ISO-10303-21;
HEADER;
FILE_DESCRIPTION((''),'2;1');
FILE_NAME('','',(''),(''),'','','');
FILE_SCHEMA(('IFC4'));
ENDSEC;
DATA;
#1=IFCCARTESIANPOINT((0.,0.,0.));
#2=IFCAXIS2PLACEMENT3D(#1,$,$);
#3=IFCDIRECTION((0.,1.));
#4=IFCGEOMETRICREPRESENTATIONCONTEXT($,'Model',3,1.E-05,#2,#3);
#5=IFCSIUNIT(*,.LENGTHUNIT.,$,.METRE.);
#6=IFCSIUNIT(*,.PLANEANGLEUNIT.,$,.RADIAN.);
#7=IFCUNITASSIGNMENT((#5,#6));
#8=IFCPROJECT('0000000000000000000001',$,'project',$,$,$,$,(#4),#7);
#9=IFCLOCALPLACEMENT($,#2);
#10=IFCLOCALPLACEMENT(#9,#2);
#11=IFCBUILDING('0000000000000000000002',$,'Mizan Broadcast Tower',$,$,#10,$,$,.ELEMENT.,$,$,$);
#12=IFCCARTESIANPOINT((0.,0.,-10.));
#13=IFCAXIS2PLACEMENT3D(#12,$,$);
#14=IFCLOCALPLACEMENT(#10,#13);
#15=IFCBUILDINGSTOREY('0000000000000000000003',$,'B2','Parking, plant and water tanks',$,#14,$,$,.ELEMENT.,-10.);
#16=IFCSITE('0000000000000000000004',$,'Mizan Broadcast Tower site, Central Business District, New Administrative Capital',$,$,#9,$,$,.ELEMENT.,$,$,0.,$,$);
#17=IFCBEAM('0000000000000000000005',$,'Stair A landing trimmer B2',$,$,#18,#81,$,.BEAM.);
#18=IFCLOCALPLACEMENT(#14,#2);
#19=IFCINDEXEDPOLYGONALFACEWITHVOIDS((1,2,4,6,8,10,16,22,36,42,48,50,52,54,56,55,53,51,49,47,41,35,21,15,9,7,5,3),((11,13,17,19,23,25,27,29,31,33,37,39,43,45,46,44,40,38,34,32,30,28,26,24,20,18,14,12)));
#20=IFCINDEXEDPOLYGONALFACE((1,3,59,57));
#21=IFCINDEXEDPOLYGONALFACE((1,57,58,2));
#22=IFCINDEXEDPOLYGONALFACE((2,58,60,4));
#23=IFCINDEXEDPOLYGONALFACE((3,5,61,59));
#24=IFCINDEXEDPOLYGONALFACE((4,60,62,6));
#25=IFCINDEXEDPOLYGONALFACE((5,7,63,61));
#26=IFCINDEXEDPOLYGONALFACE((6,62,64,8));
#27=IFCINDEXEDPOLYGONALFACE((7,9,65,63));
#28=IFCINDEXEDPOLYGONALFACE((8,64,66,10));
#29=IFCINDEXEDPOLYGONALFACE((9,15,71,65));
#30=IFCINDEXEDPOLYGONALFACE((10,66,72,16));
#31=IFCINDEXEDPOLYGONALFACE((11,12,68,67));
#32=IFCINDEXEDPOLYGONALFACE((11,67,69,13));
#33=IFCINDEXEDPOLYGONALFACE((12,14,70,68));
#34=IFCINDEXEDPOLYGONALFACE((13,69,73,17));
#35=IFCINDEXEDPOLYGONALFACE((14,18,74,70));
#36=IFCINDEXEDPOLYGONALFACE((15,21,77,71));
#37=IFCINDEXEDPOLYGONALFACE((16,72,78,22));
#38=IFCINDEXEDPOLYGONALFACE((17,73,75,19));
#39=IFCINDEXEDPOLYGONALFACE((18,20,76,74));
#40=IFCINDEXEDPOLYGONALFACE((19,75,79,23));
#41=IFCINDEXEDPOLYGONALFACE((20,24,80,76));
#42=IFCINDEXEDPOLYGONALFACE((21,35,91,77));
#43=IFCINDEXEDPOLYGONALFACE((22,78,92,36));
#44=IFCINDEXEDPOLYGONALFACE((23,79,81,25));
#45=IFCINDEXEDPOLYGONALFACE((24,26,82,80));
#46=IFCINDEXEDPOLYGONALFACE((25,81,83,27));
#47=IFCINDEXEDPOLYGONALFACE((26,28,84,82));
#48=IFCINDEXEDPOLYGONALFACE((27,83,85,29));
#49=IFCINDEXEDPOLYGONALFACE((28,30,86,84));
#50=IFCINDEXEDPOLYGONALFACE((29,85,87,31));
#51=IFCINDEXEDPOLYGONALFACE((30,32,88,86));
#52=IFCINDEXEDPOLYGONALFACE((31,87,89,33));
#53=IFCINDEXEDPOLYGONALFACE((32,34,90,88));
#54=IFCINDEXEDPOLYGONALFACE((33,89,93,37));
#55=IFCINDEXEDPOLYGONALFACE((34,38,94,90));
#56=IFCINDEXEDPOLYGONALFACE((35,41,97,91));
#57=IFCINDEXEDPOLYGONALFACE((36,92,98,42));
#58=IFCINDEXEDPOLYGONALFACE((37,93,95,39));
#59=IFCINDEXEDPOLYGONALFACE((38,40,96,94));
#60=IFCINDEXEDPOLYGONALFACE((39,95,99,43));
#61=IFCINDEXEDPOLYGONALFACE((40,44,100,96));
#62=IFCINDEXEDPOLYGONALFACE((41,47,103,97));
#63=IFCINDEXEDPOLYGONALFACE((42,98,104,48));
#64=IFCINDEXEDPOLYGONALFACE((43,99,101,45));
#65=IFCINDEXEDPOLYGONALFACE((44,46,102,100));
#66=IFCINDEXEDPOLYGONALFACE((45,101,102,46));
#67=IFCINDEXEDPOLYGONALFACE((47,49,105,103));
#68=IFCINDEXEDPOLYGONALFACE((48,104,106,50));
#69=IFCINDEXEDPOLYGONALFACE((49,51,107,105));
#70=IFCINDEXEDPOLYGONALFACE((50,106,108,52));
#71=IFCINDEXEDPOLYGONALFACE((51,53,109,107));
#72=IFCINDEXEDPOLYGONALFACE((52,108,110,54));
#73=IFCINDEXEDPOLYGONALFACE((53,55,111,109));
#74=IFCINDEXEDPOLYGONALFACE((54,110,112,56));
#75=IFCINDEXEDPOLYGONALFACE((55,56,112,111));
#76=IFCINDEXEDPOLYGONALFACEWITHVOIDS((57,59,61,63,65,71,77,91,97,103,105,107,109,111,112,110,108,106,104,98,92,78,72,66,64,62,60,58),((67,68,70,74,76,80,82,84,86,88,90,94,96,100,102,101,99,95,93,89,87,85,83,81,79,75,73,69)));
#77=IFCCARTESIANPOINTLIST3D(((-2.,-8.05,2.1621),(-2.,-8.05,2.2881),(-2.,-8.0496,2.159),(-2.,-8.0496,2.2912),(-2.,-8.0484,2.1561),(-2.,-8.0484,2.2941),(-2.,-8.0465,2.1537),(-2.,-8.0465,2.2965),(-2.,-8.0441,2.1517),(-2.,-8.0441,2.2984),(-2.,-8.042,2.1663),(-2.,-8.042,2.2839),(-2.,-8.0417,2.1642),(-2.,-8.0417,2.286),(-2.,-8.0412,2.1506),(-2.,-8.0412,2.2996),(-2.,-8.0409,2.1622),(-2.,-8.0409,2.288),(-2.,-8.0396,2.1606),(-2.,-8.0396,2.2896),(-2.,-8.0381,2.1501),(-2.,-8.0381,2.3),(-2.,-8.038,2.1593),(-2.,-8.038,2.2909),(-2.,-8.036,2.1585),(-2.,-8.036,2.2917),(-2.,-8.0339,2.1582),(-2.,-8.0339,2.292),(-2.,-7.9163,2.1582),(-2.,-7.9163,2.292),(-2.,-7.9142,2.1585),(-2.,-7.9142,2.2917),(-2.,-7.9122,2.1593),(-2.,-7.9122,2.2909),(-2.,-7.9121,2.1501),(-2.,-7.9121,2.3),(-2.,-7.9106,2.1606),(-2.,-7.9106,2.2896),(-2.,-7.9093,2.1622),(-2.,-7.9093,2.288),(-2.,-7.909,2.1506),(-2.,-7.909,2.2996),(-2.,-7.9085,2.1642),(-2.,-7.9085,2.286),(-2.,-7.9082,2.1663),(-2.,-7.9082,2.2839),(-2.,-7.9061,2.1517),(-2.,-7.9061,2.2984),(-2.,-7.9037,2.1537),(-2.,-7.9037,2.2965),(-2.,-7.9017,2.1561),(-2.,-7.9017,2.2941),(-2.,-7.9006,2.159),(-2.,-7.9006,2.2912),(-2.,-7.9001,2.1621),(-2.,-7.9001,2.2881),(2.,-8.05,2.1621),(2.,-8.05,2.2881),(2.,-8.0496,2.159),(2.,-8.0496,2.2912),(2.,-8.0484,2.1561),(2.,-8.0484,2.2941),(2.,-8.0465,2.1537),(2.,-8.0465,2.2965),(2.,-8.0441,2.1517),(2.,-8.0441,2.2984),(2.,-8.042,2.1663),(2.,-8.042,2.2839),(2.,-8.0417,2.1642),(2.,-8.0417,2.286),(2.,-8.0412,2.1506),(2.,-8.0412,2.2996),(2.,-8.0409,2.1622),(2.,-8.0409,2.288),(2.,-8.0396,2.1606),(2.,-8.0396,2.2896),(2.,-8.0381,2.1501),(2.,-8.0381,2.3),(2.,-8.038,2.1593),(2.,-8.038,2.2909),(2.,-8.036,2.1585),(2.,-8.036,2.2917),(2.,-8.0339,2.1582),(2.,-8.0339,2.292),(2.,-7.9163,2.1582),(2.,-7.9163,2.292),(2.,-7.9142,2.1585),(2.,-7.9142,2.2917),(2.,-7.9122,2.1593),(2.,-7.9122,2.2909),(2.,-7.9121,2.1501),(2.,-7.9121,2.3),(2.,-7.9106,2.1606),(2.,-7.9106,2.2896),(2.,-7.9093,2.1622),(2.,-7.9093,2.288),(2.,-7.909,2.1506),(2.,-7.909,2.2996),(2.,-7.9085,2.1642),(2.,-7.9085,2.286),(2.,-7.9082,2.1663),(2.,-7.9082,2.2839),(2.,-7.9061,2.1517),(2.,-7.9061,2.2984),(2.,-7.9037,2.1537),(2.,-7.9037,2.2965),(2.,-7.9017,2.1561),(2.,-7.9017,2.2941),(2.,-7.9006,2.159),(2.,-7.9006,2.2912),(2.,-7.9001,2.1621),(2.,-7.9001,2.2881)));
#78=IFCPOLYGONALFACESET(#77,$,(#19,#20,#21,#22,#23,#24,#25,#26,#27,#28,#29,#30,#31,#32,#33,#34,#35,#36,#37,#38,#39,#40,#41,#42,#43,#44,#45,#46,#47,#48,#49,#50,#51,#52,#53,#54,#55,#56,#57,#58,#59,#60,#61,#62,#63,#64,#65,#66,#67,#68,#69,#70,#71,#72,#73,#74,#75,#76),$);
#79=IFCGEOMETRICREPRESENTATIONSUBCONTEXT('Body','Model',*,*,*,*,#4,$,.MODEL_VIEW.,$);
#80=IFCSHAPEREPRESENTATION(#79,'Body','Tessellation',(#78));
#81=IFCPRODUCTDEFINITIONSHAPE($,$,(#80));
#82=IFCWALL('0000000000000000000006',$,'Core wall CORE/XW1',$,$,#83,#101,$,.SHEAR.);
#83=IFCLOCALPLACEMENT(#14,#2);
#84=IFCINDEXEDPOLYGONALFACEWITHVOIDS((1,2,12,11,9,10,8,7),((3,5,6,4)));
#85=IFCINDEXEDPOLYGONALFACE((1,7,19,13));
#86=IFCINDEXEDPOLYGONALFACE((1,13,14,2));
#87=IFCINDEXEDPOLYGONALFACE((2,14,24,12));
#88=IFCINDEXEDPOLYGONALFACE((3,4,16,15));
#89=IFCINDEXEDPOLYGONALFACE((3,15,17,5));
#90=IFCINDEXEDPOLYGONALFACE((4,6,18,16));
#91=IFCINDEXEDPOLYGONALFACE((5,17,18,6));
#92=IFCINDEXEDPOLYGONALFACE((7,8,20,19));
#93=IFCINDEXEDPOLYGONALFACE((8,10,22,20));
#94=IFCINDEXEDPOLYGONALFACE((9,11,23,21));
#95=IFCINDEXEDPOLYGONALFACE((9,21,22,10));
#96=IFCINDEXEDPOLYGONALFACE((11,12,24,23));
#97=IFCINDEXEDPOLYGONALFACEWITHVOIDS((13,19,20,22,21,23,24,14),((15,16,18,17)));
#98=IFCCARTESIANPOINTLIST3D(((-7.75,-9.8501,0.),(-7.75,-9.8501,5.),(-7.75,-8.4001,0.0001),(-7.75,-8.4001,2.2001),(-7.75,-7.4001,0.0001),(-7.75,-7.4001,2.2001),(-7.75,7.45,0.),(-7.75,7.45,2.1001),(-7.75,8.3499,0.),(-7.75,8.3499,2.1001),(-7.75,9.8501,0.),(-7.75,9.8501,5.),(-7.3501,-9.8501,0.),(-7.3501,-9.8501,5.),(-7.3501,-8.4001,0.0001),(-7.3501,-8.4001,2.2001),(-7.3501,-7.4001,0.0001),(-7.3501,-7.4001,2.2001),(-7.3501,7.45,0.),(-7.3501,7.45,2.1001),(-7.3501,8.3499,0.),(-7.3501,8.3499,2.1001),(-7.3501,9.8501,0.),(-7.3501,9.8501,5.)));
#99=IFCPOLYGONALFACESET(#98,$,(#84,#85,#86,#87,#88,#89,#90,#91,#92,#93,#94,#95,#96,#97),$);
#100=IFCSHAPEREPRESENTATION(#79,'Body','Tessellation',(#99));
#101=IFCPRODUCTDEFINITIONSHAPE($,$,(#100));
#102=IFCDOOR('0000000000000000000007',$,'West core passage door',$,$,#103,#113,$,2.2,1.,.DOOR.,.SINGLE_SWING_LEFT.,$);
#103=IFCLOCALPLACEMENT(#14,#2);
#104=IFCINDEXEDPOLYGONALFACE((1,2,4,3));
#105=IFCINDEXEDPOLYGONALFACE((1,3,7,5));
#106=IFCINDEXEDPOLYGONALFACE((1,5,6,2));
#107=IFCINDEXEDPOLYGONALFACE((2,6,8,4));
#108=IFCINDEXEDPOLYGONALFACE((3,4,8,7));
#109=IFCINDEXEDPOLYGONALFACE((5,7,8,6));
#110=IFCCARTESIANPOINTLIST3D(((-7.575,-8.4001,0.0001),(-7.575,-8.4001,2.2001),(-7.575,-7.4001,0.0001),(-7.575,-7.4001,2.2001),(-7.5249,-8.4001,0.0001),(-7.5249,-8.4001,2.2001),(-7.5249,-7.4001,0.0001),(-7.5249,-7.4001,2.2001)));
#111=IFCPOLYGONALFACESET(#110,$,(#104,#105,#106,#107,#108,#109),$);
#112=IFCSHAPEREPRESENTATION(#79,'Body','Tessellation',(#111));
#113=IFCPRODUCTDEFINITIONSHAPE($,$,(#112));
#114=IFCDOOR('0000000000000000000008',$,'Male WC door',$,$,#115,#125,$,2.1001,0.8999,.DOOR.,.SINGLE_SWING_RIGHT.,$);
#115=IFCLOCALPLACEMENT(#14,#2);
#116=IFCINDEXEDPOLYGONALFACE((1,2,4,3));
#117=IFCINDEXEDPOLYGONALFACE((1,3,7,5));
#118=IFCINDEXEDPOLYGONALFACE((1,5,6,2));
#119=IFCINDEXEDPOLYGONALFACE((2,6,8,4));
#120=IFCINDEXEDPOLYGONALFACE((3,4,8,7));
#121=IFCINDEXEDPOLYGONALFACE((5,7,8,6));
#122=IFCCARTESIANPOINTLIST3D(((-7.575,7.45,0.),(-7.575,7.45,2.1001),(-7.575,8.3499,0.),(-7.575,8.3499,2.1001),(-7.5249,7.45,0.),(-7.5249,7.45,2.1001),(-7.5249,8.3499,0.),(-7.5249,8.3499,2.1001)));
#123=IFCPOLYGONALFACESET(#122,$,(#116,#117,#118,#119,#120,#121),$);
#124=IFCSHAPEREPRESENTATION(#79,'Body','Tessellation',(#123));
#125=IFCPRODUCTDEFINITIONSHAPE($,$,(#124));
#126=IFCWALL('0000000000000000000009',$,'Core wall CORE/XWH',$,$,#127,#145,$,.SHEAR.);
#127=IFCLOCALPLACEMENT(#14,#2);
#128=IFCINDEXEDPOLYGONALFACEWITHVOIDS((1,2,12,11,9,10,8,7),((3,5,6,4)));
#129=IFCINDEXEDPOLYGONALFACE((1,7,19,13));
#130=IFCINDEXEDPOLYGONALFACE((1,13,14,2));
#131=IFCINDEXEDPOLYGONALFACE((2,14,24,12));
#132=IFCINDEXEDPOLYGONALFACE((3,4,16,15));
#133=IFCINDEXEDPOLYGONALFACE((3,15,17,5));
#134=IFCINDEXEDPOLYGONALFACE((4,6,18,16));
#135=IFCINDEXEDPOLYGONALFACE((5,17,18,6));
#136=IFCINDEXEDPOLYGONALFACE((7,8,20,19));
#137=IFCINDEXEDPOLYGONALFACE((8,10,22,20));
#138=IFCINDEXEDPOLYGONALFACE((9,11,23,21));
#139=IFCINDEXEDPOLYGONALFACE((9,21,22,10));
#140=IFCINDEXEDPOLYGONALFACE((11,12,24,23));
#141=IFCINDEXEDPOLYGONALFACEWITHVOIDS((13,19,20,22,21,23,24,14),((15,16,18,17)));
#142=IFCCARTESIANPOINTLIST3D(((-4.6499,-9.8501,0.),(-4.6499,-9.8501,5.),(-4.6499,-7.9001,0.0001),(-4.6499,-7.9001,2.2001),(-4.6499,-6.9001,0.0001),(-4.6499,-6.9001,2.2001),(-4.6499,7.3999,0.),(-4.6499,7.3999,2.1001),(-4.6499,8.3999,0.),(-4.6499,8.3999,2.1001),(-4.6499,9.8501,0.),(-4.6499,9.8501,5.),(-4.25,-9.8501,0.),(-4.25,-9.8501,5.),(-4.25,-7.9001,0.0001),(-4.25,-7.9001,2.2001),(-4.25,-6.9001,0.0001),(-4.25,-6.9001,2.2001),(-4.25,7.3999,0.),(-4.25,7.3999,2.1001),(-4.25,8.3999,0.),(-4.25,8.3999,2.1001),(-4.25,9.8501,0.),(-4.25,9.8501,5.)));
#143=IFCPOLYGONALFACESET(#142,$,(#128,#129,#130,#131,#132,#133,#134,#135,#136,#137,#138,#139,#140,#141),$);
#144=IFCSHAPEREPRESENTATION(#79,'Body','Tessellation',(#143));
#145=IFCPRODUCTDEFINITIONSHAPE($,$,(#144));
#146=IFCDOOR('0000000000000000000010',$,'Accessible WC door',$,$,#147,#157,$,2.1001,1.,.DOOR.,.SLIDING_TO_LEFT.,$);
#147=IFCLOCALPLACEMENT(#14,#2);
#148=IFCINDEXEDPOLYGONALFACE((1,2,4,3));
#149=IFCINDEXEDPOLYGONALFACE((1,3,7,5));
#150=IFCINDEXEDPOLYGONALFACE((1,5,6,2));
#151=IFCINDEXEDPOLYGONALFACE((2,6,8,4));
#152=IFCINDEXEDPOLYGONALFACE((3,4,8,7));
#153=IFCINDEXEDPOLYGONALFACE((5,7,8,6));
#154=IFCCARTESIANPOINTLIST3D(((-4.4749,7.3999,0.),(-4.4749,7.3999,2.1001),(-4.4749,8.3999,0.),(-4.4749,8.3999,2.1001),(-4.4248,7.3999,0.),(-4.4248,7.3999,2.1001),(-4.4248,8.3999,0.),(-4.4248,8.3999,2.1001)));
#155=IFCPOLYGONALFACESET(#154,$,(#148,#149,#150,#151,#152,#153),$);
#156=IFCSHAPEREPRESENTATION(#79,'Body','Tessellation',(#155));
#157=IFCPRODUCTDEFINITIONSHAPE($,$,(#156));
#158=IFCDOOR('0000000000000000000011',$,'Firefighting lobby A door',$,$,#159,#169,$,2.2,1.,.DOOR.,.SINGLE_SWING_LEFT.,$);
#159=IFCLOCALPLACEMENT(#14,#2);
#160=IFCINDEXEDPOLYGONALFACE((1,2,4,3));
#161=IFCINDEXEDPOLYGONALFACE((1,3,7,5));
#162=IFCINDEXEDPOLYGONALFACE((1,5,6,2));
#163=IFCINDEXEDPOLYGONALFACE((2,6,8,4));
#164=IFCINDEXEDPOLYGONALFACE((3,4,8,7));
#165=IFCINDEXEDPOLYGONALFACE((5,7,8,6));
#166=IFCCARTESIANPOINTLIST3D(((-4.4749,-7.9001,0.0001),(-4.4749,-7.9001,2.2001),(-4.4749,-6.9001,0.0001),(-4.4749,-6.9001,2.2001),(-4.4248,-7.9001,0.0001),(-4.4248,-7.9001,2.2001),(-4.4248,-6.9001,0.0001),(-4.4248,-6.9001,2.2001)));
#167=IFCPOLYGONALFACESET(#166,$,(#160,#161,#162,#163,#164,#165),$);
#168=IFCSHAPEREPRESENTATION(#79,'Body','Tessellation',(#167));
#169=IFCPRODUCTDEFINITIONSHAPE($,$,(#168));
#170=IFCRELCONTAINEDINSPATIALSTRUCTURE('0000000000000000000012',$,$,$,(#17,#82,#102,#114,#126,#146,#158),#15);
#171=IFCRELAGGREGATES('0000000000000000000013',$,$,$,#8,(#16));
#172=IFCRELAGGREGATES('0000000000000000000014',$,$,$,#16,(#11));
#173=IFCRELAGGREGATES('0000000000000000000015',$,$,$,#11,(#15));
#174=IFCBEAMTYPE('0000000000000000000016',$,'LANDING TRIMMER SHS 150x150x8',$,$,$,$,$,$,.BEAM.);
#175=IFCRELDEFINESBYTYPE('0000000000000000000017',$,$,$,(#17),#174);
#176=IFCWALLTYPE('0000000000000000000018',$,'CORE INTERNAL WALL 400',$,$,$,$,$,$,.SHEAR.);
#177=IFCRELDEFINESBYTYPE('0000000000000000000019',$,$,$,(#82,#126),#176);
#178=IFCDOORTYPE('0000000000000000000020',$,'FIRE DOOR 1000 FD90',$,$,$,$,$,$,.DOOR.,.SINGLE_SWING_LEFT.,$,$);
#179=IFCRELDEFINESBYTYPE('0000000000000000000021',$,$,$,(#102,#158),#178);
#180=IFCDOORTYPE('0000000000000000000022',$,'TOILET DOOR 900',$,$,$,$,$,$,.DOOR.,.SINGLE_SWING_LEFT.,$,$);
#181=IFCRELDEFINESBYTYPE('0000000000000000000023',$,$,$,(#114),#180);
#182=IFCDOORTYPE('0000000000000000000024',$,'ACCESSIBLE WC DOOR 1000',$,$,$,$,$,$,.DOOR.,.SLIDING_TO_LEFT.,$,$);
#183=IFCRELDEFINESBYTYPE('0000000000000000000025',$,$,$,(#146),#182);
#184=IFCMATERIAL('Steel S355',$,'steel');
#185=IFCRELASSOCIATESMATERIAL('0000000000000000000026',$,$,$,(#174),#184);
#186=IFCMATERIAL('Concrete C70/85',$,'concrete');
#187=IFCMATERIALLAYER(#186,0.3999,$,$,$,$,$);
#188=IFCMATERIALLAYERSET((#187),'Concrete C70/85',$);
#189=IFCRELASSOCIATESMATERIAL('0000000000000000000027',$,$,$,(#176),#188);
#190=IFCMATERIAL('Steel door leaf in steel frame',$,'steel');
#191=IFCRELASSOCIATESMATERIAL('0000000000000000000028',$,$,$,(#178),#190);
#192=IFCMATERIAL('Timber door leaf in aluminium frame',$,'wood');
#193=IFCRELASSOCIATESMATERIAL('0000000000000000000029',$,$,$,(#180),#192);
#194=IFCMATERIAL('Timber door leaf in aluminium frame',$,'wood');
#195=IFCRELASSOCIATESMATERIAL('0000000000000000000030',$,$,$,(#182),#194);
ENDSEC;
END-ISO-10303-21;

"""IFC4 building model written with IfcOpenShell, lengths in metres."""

from ifc_helpers import new_model, si_unit, direction, frame, frame_2d, origin, origin_2d, place, context, subcontext, project, spatial, rectangle, hollow_rectangle, extrude, material, layer, layer_set, material_profile, profile_set, type_object, element, fill, save


model = new_model("IFC4")

# Units and contexts
model_context = context("Model", 3, precision=1e-05, world=origin(), true_north=direction((0.0, 1.0)))
body_context = subcontext(model_context, "Body", "Model", "MODEL_VIEW")
ifc_project = project(units=[si_unit("LENGTHUNIT", "METRE"), si_unit("PLANEANGLEUNIT", "RADIAN")], contexts=[model_context])

# Site, building, storey
site_placement = place(None, origin())
site = spatial("IfcSite", under=ifc_project, at=site_placement, Name="Mizan Broadcast Tower site, Central Business District, New Administrative Capital", CompositionType="ELEMENT", RefElevation=0.0)
building_placement = place(site_placement, origin())
building = spatial("IfcBuilding", under=site, at=building_placement, Name="Mizan Broadcast Tower", CompositionType="ELEMENT")
storey_placement = place(building_placement, frame((0.0, 0.0, -10.0)))
storey = spatial("IfcBuildingStorey", under=building, at=storey_placement, Name="B2", Description="Parking, plant and water tanks", CompositionType="ELEMENT", Elevation=-10.0)

# Beam
ifc_material_1 = material(Name="Steel S355", Category="steel")
ifc_material_profile_1 = material_profile(ifc_material_1, hollow_rectangle(XDim=0.1499, YDim=0.1499, WallThickness=0.0081, InnerFilletRadius=0.0081, OuterFilletRadius=0.012, at=origin_2d()), Name="SHS 150x150x8")
ifc_profile_set_1 = profile_set([ifc_material_profile_1], Name="Steel S355")
beam_type = type_object("IfcBeamType", Name="LANDING TRIMMER SHS 150x150x8", PredefinedType="BEAM", material=ifc_profile_set_1)
for number, where, z_axis, x_axis, name in (
    (1, (-2.0, -7.9751, 2.2251), (1.0, 0.0, 0.0), (0.0, 1.0, 0.0), "Stair A landing trimmer B2"),
):
    element("IfcBeam", number, at=place(storey_placement, frame(where, z_axis=z_axis, x_axis=x_axis)), inside=storey, type_object=beam_type, Name=name, PredefinedType="BEAM", context=body_context, shape_type="SweptSolid", body=[
        extrude(hollow_rectangle(XDim=0.1499, YDim=0.1499, WallThickness=0.0081, InnerFilletRadius=0.0081, OuterFilletRadius=0.012, at=origin_2d()), origin(), (0.0, 0.0, 1.0), 4.0),
    ])

# Walls, openings, doors
ifc_material_2 = material(Name="Concrete C70/85", Category="concrete")
ifc_layer_1 = layer(ifc_material_2, 0.3999)
ifc_layer_set_1 = layer_set([ifc_layer_1], Name="Concrete C70/85")
wall_type_1 = type_object("IfcWallType", Name="CORE INTERNAL WALL 400", PredefinedType="SHEAR", material=ifc_layer_set_1)
wall_1_placement = place(storey_placement, frame((-7.55, -9.8501, 0.0), z_axis=(0.0, 0.0, 1.0), x_axis=(0.0, 1.0, 0.0)))
wall_1 = element("IfcWall", 2, at=wall_1_placement, inside=storey, type_object=wall_type_1, Name="Core wall CORE/XW1", PredefinedType="SHEAR", context=body_context, shape_type="SweptSolid", body=[
    extrude(rectangle(XDim=19.7002, YDim=0.3999, at=frame_2d((9.8501, 0.0))), origin(), (0.0, 0.0, 1.0), 5.0),
])
opening_1_placement = place(wall_1_placement, frame((1.45, 0.0, 0.0)))
opening_1 = element("IfcOpeningElement", 3, at=opening_1_placement, cuts=wall_1, PredefinedType="OPENING", context=body_context, shape_type="SweptSolid", body=[
    extrude(rectangle(XDim=1.0, YDim=2.2, at=frame_2d((0.5, 1.1001))), frame((0.0, 0.21, 0.0), z_axis=(0.0, -1.0, 0.0), x_axis=(1.0, 0.0, 0.0)), (0.0, 0.0, 1.0), 0.4199),
])
opening_2_placement = place(wall_1_placement, frame((17.3, 0.0, 0.0)))
opening_2 = element("IfcOpeningElement", 4, at=opening_2_placement, cuts=wall_1, PredefinedType="OPENING", context=body_context, shape_type="SweptSolid", body=[
    extrude(rectangle(XDim=0.8999, YDim=2.1001, at=frame_2d((0.45, 1.05))), frame((0.0, 0.21, 0.0), z_axis=(0.0, -1.0, 0.0), x_axis=(1.0, 0.0, 0.0)), (0.0, 0.0, 1.0), 0.4199),
])
ifc_material_3 = material(Name="Steel door leaf in steel frame", Category="steel")
door_type_1 = type_object("IfcDoorType", Name="FIRE DOOR 1000 FD90", OperationType="SINGLE_SWING_LEFT", PredefinedType="DOOR", material=ifc_material_3)
door_1_placement = place(opening_1_placement, origin())
door_1 = element("IfcDoor", 5, at=door_1_placement, inside=storey, type_object=door_type_1, Name="West core passage door", OperationType="SINGLE_SWING_LEFT", OverallHeight=2.2, OverallWidth=1.0, PredefinedType="DOOR", context=body_context, shape_type="SweptSolid", body=[
    extrude(rectangle(XDim=1.0, YDim=2.2, at=frame_2d((0.5, 1.1001))), frame((0.0, 0.0249, 0.0), z_axis=(0.0, -1.0, 0.0), x_axis=(1.0, 0.0, 0.0)), (0.0, 0.0, 1.0), 0.05),
])
fill(opening_1, door_1)
ifc_material_4 = material(Name="Timber door leaf in aluminium frame", Category="wood")
door_type_2 = type_object("IfcDoorType", Name="TOILET DOOR 900", OperationType="SINGLE_SWING_LEFT", PredefinedType="DOOR", material=ifc_material_4)
door_2_placement = place(opening_2_placement, origin())
door_2 = element("IfcDoor", 6, at=door_2_placement, inside=storey, type_object=door_type_2, Name="Male WC door", OperationType="SINGLE_SWING_RIGHT", OverallHeight=2.1001, OverallWidth=0.8999, PredefinedType="DOOR", context=body_context, shape_type="SweptSolid", body=[
    extrude(rectangle(XDim=0.8999, YDim=2.1001, at=frame_2d((0.45, 1.05))), frame((0.0, 0.0249, 0.0), z_axis=(0.0, -1.0, 0.0), x_axis=(1.0, 0.0, 0.0)), (0.0, 0.0, 1.0), 0.05),
])
fill(opening_2, door_2)
wall_2_placement = place(storey_placement, frame((-4.45, -9.8501, 0.0), z_axis=(0.0, 0.0, 1.0), x_axis=(0.0, 1.0, 0.0)))
wall_2 = element("IfcWall", 7, at=wall_2_placement, inside=storey, type_object=wall_type_1, Name="Core wall CORE/XWH", PredefinedType="SHEAR", context=body_context, shape_type="SweptSolid", body=[
    extrude(rectangle(XDim=19.7002, YDim=0.3999, at=frame_2d((9.8501, 0.0))), origin(), (0.0, 0.0, 1.0), 5.0),
])
opening_3_placement = place(wall_2_placement, frame((1.95, 0.0, 0.0)))
opening_3 = element("IfcOpeningElement", 8, at=opening_3_placement, cuts=wall_2, PredefinedType="OPENING", context=body_context, shape_type="SweptSolid", body=[
    extrude(rectangle(XDim=1.0, YDim=2.2, at=frame_2d((0.5, 1.1001))), frame((0.0, 0.21, 0.0), z_axis=(0.0, -1.0, 0.0), x_axis=(1.0, 0.0, 0.0)), (0.0, 0.0, 1.0), 0.4199),
])
opening_4_placement = place(wall_2_placement, frame((17.25, 0.0, 0.0)))
opening_4 = element("IfcOpeningElement", 9, at=opening_4_placement, cuts=wall_2, PredefinedType="OPENING", context=body_context, shape_type="SweptSolid", body=[
    extrude(rectangle(XDim=1.0, YDim=2.1001, at=frame_2d((0.5, 1.05))), frame((0.0, 0.21, 0.0), z_axis=(0.0, -1.0, 0.0), x_axis=(1.0, 0.0, 0.0)), (0.0, 0.0, 1.0), 0.4199),
])
ifc_material_5 = material(Name="Timber door leaf in aluminium frame", Category="wood")
door_type_3 = type_object("IfcDoorType", Name="ACCESSIBLE WC DOOR 1000", OperationType="SLIDING_TO_LEFT", PredefinedType="DOOR", material=ifc_material_5)
door_3_placement = place(opening_4_placement, origin())
door_3 = element("IfcDoor", 10, at=door_3_placement, inside=storey, type_object=door_type_3, Name="Accessible WC door", OperationType="SLIDING_TO_LEFT", OverallHeight=2.1001, OverallWidth=1.0, PredefinedType="DOOR", context=body_context, shape_type="SweptSolid", body=[
    extrude(rectangle(XDim=1.0, YDim=2.1001, at=frame_2d((0.5, 1.05))), frame((0.0, 0.0249, 0.0), z_axis=(0.0, -1.0, 0.0), x_axis=(1.0, 0.0, 0.0)), (0.0, 0.0, 1.0), 0.05),
])
fill(opening_4, door_3)
door_4_placement = place(opening_3_placement, origin())
door_4 = element("IfcDoor", 11, at=door_4_placement, inside=storey, type_object=door_type_1, Name="Firefighting lobby A door", OperationType="SINGLE_SWING_LEFT", OverallHeight=2.2, OverallWidth=1.0, PredefinedType="DOOR", context=body_context, shape_type="SweptSolid", body=[
    extrude(rectangle(XDim=1.0, YDim=2.2, at=frame_2d((0.5, 1.1001))), frame((0.0, 0.0249, 0.0), z_axis=(0.0, -1.0, 0.0), x_axis=(1.0, 0.0, 0.0)), (0.0, 0.0, 1.0), 0.05),
])
fill(opening_3, door_4)

save(model, "model.ifc")
